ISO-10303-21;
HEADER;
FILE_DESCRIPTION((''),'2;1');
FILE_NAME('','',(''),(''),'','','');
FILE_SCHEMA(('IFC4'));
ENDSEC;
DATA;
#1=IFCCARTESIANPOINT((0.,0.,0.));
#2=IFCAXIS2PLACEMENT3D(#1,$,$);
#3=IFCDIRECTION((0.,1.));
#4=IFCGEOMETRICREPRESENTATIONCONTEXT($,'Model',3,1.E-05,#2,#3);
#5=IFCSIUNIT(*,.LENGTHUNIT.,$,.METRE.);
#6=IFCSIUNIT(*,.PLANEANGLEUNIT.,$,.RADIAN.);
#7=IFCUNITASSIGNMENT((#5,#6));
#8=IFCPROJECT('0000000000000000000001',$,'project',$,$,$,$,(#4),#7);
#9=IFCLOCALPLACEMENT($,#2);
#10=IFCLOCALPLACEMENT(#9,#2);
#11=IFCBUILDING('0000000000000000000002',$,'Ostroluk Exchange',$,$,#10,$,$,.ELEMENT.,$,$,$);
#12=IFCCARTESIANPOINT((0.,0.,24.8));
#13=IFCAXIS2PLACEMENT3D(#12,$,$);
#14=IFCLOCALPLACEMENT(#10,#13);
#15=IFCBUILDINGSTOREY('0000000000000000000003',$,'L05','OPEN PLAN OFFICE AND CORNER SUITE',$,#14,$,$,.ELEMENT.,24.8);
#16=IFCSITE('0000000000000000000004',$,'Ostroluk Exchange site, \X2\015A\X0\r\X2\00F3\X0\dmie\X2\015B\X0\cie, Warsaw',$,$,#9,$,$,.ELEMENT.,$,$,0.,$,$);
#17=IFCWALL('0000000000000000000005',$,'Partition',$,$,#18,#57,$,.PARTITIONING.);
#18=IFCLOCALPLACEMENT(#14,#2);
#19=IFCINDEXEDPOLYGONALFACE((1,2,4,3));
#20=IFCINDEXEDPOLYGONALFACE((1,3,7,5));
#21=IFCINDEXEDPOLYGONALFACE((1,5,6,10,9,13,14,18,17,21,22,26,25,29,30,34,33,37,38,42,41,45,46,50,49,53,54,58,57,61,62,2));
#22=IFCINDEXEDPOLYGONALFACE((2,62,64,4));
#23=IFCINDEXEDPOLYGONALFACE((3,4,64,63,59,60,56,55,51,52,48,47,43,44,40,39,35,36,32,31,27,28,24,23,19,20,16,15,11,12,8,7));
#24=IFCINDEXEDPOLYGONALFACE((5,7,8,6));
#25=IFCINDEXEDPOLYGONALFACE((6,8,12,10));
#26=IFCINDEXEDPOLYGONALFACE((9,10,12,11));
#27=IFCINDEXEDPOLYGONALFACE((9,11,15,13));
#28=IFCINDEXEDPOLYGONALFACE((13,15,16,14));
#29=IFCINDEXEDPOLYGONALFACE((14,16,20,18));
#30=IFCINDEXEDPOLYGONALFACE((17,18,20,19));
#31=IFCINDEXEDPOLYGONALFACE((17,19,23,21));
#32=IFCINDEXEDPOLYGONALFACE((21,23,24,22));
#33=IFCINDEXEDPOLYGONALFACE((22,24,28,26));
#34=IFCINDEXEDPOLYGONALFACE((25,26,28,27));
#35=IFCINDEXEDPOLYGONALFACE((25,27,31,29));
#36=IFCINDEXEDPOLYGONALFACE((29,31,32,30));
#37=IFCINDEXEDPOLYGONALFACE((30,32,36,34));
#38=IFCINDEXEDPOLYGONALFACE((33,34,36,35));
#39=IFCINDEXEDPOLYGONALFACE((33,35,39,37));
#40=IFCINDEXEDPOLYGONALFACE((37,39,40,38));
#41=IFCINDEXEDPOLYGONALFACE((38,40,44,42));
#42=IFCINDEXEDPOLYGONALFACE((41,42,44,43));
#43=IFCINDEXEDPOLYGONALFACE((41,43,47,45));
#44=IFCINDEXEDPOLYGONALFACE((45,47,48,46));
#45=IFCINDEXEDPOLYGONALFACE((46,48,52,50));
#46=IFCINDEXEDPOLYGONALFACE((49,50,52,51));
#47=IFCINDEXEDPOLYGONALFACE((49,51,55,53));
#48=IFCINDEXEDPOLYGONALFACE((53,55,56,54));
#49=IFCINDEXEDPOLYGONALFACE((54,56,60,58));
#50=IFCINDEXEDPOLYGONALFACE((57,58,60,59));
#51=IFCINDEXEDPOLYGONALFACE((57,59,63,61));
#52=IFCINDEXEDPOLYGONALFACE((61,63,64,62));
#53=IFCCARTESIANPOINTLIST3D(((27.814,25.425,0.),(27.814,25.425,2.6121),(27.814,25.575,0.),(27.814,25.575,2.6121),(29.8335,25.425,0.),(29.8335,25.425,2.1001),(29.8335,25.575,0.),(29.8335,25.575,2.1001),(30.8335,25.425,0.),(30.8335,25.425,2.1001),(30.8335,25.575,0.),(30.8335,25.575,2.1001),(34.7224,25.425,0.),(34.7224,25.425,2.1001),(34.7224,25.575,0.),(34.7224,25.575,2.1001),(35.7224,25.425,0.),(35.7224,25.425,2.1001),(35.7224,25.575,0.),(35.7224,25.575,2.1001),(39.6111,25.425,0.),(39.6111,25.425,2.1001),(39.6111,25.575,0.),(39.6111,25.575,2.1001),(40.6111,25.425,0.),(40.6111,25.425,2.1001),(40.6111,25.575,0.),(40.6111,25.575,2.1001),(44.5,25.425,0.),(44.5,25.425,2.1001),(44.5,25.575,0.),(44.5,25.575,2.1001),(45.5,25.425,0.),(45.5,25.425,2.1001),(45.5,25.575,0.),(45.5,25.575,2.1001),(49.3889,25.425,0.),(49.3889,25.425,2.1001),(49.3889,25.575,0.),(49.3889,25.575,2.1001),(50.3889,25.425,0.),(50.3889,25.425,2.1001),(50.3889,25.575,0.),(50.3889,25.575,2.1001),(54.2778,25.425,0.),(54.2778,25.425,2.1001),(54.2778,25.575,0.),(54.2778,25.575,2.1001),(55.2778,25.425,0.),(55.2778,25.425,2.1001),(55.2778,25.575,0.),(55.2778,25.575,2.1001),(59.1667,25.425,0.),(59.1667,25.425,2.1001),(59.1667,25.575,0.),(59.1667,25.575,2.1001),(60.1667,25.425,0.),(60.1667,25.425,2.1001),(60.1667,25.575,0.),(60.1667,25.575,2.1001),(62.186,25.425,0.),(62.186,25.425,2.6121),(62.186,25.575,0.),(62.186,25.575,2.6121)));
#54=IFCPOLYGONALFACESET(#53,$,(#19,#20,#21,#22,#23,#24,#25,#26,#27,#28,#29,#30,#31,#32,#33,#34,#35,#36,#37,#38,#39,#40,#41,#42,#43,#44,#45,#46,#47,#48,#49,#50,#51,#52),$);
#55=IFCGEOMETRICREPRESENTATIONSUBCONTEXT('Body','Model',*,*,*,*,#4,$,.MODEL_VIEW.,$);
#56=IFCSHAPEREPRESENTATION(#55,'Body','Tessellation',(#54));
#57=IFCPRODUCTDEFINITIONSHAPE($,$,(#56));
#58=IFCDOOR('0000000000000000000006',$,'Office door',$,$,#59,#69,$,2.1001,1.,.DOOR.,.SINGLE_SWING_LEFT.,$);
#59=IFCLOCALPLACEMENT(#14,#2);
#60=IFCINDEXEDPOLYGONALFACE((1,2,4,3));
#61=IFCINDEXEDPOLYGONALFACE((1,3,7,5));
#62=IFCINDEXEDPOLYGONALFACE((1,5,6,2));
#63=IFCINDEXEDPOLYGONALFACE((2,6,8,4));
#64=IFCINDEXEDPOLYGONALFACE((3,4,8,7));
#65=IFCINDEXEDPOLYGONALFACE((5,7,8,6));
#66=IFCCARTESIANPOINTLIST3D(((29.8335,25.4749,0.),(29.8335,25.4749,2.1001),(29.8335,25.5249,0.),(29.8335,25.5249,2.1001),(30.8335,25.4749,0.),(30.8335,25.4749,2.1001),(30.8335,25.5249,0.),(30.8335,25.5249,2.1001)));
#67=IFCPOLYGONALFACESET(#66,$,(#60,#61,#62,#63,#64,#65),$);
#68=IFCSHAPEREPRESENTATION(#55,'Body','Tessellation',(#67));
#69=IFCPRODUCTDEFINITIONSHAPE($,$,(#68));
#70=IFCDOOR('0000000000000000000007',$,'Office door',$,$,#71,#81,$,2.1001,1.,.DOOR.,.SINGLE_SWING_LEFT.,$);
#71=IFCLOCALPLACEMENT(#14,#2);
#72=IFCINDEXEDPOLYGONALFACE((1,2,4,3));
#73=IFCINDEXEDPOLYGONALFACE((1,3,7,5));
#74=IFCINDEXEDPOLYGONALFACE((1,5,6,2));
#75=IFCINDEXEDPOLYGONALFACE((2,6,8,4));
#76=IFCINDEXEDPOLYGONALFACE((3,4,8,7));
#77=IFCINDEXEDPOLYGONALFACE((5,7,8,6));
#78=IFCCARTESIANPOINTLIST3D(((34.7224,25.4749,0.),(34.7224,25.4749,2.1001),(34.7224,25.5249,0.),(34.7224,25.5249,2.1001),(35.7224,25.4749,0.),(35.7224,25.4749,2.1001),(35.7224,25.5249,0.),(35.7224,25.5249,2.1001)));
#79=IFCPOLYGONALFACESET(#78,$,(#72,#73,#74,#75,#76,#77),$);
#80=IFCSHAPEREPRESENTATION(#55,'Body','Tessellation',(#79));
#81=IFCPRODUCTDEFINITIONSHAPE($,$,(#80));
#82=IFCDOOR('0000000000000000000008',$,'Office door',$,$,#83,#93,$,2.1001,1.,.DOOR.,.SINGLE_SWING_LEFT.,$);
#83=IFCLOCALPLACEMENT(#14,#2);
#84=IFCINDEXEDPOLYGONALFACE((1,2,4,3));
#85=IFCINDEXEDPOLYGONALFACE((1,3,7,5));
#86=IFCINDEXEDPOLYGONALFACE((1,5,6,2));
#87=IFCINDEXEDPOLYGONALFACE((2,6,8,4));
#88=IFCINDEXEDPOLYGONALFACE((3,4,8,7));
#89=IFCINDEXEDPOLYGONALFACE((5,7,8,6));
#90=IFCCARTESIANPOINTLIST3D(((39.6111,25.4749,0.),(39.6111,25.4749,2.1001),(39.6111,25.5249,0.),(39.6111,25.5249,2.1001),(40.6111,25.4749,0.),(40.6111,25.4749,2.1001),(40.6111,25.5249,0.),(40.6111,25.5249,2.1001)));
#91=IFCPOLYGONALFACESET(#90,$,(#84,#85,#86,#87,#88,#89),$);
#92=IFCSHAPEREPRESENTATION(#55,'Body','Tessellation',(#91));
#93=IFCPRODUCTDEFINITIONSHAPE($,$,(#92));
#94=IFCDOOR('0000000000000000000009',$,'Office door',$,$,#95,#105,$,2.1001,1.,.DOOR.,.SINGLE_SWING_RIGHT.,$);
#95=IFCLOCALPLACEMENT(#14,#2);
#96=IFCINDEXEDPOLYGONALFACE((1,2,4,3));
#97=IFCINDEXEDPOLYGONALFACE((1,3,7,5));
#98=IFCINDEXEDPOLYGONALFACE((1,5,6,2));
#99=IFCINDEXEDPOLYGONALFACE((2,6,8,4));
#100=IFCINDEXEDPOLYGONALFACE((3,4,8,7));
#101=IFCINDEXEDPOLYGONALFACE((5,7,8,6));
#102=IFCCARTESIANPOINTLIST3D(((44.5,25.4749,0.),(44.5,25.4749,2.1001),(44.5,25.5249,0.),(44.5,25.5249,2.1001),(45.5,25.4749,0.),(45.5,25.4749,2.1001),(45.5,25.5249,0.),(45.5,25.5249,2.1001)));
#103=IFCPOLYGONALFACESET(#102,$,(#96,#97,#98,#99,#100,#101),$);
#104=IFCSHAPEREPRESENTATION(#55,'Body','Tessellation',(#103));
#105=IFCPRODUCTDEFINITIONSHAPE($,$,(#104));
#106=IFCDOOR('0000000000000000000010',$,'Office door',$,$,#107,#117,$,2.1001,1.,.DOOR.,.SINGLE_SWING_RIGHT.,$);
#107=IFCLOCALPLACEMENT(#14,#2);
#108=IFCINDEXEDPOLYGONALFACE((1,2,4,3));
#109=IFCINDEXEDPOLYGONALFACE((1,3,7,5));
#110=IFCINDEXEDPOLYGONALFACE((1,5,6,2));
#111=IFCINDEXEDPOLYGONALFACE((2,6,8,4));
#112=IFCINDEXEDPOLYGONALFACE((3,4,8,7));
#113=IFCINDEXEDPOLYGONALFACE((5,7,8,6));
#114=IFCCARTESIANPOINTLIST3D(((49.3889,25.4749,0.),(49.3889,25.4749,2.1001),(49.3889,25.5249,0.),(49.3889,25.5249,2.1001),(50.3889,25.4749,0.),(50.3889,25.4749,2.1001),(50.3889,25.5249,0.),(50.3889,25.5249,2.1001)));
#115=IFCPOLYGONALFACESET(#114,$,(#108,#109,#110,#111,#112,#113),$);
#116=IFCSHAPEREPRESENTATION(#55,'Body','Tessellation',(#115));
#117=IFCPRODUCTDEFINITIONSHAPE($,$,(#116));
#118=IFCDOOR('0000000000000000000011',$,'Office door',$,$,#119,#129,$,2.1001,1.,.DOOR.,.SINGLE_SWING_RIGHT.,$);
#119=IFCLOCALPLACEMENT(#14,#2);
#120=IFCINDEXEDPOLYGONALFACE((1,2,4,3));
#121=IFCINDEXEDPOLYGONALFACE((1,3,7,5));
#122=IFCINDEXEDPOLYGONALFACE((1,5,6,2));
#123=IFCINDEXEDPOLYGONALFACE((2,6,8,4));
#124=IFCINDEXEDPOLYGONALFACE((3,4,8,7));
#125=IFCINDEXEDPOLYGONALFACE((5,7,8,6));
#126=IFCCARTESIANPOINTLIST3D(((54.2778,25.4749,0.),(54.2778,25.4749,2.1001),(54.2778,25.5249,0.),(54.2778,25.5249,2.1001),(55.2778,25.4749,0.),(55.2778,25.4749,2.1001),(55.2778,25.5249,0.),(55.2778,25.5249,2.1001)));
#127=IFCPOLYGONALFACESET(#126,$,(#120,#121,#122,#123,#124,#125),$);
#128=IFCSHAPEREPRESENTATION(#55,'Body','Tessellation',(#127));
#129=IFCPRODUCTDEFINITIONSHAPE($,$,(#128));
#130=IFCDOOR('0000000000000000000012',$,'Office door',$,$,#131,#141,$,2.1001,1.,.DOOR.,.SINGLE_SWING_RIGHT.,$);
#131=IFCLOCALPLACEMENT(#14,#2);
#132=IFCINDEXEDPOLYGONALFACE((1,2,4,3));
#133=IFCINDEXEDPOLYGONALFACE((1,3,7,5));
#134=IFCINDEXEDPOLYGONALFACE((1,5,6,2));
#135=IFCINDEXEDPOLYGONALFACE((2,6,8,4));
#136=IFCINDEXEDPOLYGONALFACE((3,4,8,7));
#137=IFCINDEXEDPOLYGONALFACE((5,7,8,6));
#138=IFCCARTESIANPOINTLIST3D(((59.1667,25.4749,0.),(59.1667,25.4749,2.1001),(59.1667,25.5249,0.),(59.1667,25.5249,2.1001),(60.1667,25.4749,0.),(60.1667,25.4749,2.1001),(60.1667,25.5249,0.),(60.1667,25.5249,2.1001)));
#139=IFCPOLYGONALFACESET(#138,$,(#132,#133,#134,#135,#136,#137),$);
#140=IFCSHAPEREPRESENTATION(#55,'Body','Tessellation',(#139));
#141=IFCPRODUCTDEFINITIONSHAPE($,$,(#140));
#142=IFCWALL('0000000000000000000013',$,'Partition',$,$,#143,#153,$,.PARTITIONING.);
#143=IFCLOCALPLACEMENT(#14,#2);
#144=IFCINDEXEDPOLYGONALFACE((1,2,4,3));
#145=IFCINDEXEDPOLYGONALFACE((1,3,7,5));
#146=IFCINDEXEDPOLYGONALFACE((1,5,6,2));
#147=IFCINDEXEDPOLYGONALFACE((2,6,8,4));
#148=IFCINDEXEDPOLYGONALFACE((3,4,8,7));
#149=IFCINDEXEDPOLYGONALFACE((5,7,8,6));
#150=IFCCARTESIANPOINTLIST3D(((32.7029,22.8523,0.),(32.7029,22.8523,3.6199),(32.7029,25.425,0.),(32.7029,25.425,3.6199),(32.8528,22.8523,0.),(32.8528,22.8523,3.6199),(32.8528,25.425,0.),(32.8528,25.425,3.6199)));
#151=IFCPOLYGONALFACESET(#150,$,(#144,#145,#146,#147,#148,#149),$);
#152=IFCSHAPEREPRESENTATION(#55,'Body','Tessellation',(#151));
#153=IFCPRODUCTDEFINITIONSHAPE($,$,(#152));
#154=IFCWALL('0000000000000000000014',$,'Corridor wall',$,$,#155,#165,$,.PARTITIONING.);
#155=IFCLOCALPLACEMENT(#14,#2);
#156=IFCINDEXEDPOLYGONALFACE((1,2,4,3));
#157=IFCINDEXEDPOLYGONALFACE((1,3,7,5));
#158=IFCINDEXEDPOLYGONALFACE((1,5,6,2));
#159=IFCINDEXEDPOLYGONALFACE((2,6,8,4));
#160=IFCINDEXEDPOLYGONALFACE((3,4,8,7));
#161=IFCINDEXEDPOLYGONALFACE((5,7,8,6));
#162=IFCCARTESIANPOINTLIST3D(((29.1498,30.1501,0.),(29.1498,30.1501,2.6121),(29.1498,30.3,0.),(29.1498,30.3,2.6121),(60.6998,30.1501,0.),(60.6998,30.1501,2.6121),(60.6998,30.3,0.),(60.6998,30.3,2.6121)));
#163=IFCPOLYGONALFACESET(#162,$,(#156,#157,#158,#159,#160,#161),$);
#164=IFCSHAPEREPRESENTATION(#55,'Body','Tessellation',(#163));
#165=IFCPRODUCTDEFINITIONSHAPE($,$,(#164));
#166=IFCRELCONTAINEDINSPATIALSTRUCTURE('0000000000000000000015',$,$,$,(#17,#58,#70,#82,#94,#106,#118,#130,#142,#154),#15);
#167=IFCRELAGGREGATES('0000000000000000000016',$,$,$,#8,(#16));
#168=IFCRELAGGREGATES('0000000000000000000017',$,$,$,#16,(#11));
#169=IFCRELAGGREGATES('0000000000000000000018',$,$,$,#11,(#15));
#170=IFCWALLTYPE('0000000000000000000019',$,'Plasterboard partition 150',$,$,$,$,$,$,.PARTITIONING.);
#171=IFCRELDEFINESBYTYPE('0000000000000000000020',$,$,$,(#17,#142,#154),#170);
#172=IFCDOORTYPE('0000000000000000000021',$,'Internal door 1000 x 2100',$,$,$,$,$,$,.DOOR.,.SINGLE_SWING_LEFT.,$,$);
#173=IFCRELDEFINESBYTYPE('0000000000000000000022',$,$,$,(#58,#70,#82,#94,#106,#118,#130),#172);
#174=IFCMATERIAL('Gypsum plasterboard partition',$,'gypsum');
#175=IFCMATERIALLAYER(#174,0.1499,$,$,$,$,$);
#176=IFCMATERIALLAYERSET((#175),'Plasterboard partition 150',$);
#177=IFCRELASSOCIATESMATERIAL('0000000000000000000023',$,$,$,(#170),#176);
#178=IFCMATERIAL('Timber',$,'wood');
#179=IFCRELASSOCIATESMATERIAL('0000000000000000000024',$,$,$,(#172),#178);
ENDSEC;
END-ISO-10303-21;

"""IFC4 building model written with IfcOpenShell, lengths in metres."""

from ifc_helpers import new_model, si_unit, direction, frame, frame_2d, origin, place, context, subcontext, project, spatial, rectangle, extrude, material, layer, layer_set, type_object, element, fill, save


model = new_model("IFC4")

# Units and contexts
model_context = context("Model", 3, precision=1e-05, world=origin(), true_north=direction((0.0, 1.0)))
body_context = subcontext(model_context, "Body", "Model", "MODEL_VIEW")
ifc_project = project(units=[si_unit("LENGTHUNIT", "METRE"), si_unit("PLANEANGLEUNIT", "RADIAN")], contexts=[model_context])

# Site, building, storey
site_placement = place(None, origin())
site = spatial("IfcSite", under=ifc_project, at=site_placement, Name="Ostroluk Exchange site, Śródmieście, Warsaw", CompositionType="ELEMENT", RefElevation=0.0)
building_placement = place(site_placement, origin())
building = spatial("IfcBuilding", under=site, at=building_placement, Name="Ostroluk Exchange", CompositionType="ELEMENT")
storey_placement = place(building_placement, frame((0.0, 0.0, 24.8)))
storey = spatial("IfcBuildingStorey", under=building, at=storey_placement, Name="L05", Description="OPEN PLAN OFFICE AND CORNER SUITE", CompositionType="ELEMENT", Elevation=24.8)

# Wall, openings, doors
ifc_material_1 = material(Name="Gypsum plasterboard partition", Category="gypsum")
ifc_layer_1 = layer(ifc_material_1, 0.1499)
ifc_layer_set_1 = layer_set([ifc_layer_1], Name="Plasterboard partition 150")
wall_type_1 = type_object("IfcWallType", Name="Plasterboard partition 150", PredefinedType="PARTITIONING", material=ifc_layer_set_1)
wall_1_placement = place(storey_placement, frame((27.814, 25.5, 0.0), z_axis=(0.0, 0.0, 1.0), x_axis=(1.0, 0.0, 0.0)))
wall_1 = element("IfcWall", 1, at=wall_1_placement, inside=storey, type_object=wall_type_1, Name="Partition", PredefinedType="PARTITIONING", context=body_context, shape_type="SweptSolid", body=[
    extrude(rectangle(XDim=34.3721, YDim=0.1499, at=frame_2d((17.186, 0.0))), origin(), (0.0, 0.0, 1.0), 2.6121),
])
opening_1_placement = place(wall_1_placement, frame((2.0195, 0.0, 0.0)))
opening_1 = element("IfcOpeningElement", 2, at=opening_1_placement, cuts=wall_1, PredefinedType="OPENING", context=body_context, shape_type="SweptSolid", body=[
    extrude(rectangle(XDim=1.0, YDim=2.1001, at=frame_2d((0.5, 1.05))), frame((0.0, 0.085, 0.0), z_axis=(0.0, -1.0, 0.0), x_axis=(1.0, 0.0, 0.0)), (0.0, 0.0, 1.0), 0.1699),
])
opening_2_placement = place(wall_1_placement, frame((6.9084, 0.0, 0.0)))
opening_2 = element("IfcOpeningElement", 3, at=opening_2_placement, cuts=wall_1, PredefinedType="OPENING", context=body_context, shape_type="SweptSolid", body=[
    extrude(rectangle(XDim=1.0, YDim=2.1001, at=frame_2d((0.5, 1.05))), frame((0.0, 0.085, 0.0), z_axis=(0.0, -1.0, 0.0), x_axis=(1.0, 0.0, 0.0)), (0.0, 0.0, 1.0), 0.1699),
])
opening_3_placement = place(wall_1_placement, frame((11.7971, 0.0, 0.0)))
opening_3 = element("IfcOpeningElement", 4, at=opening_3_placement, cuts=wall_1, PredefinedType="OPENING", context=body_context, shape_type="SweptSolid", body=[
    extrude(rectangle(XDim=1.0, YDim=2.1001, at=frame_2d((0.5, 1.05))), frame((0.0, 0.085, 0.0), z_axis=(0.0, -1.0, 0.0), x_axis=(1.0, 0.0, 0.0)), (0.0, 0.0, 1.0), 0.1699),
])
opening_4_placement = place(wall_1_placement, frame((16.686, 0.0, 0.0)))
opening_4 = element("IfcOpeningElement", 5, at=opening_4_placement, cuts=wall_1, PredefinedType="OPENING", context=body_context, shape_type="SweptSolid", body=[
    extrude(rectangle(XDim=1.0, YDim=2.1001, at=frame_2d((0.5, 1.05))), frame((0.0, 0.085, 0.0), z_axis=(0.0, -1.0, 0.0), x_axis=(1.0, 0.0, 0.0)), (0.0, 0.0, 1.0), 0.1699),
])
opening_5_placement = place(wall_1_placement, frame((21.575, 0.0, 0.0)))
opening_5 = element("IfcOpeningElement", 6, at=opening_5_placement, cuts=wall_1, PredefinedType="OPENING", context=body_context, shape_type="SweptSolid", body=[
    extrude(rectangle(XDim=1.0, YDim=2.1001, at=frame_2d((0.5, 1.05))), frame((0.0, 0.085, 0.0), z_axis=(0.0, -1.0, 0.0), x_axis=(1.0, 0.0, 0.0)), (0.0, 0.0, 1.0), 0.1699),
])
opening_6_placement = place(wall_1_placement, frame((26.4639, 0.0, 0.0)))
opening_6 = element("IfcOpeningElement", 7, at=opening_6_placement, cuts=wall_1, PredefinedType="OPENING", context=body_context, shape_type="SweptSolid", body=[
    extrude(rectangle(XDim=1.0, YDim=2.1001, at=frame_2d((0.5, 1.05))), frame((0.0, 0.085, 0.0), z_axis=(0.0, -1.0, 0.0), x_axis=(1.0, 0.0, 0.0)), (0.0, 0.0, 1.0), 0.1699),
])
opening_7_placement = place(wall_1_placement, frame((31.3528, 0.0, 0.0)))
opening_7 = element("IfcOpeningElement", 8, at=opening_7_placement, cuts=wall_1, PredefinedType="OPENING", context=body_context, shape_type="SweptSolid", body=[
    extrude(rectangle(XDim=1.0, YDim=2.1001, at=frame_2d((0.5, 1.05))), frame((0.0, 0.085, 0.0), z_axis=(0.0, -1.0, 0.0), x_axis=(1.0, 0.0, 0.0)), (0.0, 0.0, 1.0), 0.1699),
])
ifc_material_2 = material(Name="Timber", Category="wood")
door_type_1 = type_object("IfcDoorType", Name="Internal door 1000 x 2100", OperationType="SINGLE_SWING_LEFT", PredefinedType="DOOR", material=ifc_material_2)
door_1_placement = place(opening_1_placement, origin())
door_1 = element("IfcDoor", 9, at=door_1_placement, inside=storey, type_object=door_type_1, Name="Office door", OperationType="SINGLE_SWING_LEFT", OverallHeight=2.1001, OverallWidth=1.0, PredefinedType="DOOR", context=body_context, shape_type="SweptSolid", body=[
    extrude(rectangle(XDim=1.0, YDim=2.1001, at=frame_2d((0.5, 1.05))), frame((0.0, 0.0249, 0.0), z_axis=(0.0, -1.0, 0.0), x_axis=(1.0, 0.0, 0.0)), (0.0, 0.0, 1.0), 0.05),
])
fill(opening_1, door_1)
door_2_placement = place(opening_2_placement, origin())
door_2 = element("IfcDoor", 10, at=door_2_placement, inside=storey, type_object=door_type_1, Name="Office door", OperationType="SINGLE_SWING_LEFT", OverallHeight=2.1001, OverallWidth=1.0, PredefinedType="DOOR", context=body_context, shape_type="SweptSolid", body=[
    extrude(rectangle(XDim=1.0, YDim=2.1001, at=frame_2d((0.5, 1.05))), frame((0.0, 0.0249, 0.0), z_axis=(0.0, -1.0, 0.0), x_axis=(1.0, 0.0, 0.0)), (0.0, 0.0, 1.0), 0.05),
])
fill(opening_2, door_2)
door_3_placement = place(opening_3_placement, origin())
door_3 = element("IfcDoor", 11, at=door_3_placement, inside=storey, type_object=door_type_1, Name="Office door", OperationType="SINGLE_SWING_LEFT", OverallHeight=2.1001, OverallWidth=1.0, PredefinedType="DOOR", context=body_context, shape_type="SweptSolid", body=[
    extrude(rectangle(XDim=1.0, YDim=2.1001, at=frame_2d((0.5, 1.05))), frame((0.0, 0.0249, 0.0), z_axis=(0.0, -1.0, 0.0), x_axis=(1.0, 0.0, 0.0)), (0.0, 0.0, 1.0), 0.05),
])
fill(opening_3, door_3)
door_4_placement = place(opening_4_placement, origin())
door_4 = element("IfcDoor", 12, at=door_4_placement, inside=storey, type_object=door_type_1, Name="Office door", OperationType="SINGLE_SWING_RIGHT", OverallHeight=2.1001, OverallWidth=1.0, PredefinedType="DOOR", context=body_context, shape_type="SweptSolid", body=[
    extrude(rectangle(XDim=1.0, YDim=2.1001, at=frame_2d((0.5, 1.05))), frame((0.0, 0.0249, 0.0), z_axis=(0.0, -1.0, 0.0), x_axis=(1.0, 0.0, 0.0)), (0.0, 0.0, 1.0), 0.05),
])
fill(opening_4, door_4)
door_5_placement = place(opening_5_placement, origin())
door_5 = element("IfcDoor", 13, at=door_5_placement, inside=storey, type_object=door_type_1, Name="Office door", OperationType="SINGLE_SWING_RIGHT", OverallHeight=2.1001, OverallWidth=1.0, PredefinedType="DOOR", context=body_context, shape_type="SweptSolid", body=[
    extrude(rectangle(XDim=1.0, YDim=2.1001, at=frame_2d((0.5, 1.05))), frame((0.0, 0.0249, 0.0), z_axis=(0.0, -1.0, 0.0), x_axis=(1.0, 0.0, 0.0)), (0.0, 0.0, 1.0), 0.05),
])
fill(opening_5, door_5)
door_6_placement = place(opening_6_placement, origin())
door_6 = element("IfcDoor", 14, at=door_6_placement, inside=storey, type_object=door_type_1, Name="Office door", OperationType="SINGLE_SWING_RIGHT", OverallHeight=2.1001, OverallWidth=1.0, PredefinedType="DOOR", context=body_context, shape_type="SweptSolid", body=[
    extrude(rectangle(XDim=1.0, YDim=2.1001, at=frame_2d((0.5, 1.05))), frame((0.0, 0.0249, 0.0), z_axis=(0.0, -1.0, 0.0), x_axis=(1.0, 0.0, 0.0)), (0.0, 0.0, 1.0), 0.05),
])
fill(opening_6, door_6)
door_7_placement = place(opening_7_placement, origin())
door_7 = element("IfcDoor", 15, at=door_7_placement, inside=storey, type_object=door_type_1, Name="Office door", OperationType="SINGLE_SWING_RIGHT", OverallHeight=2.1001, OverallWidth=1.0, PredefinedType="DOOR", context=body_context, shape_type="SweptSolid", body=[
    extrude(rectangle(XDim=1.0, YDim=2.1001, at=frame_2d((0.5, 1.05))), frame((0.0, 0.0249, 0.0), z_axis=(0.0, -1.0, 0.0), x_axis=(1.0, 0.0, 0.0)), (0.0, 0.0, 1.0), 0.05),
])
fill(opening_7, door_7)

# Walls
wall_2_placement = place(storey_placement, frame((32.7778, 25.425, 0.0), z_axis=(0.0, 0.0, 1.0), x_axis=(0.0, -1.0, 0.0)))
element("IfcWall", 16, at=wall_2_placement, inside=storey, type_object=wall_type_1, Name="Partition", PredefinedType="PARTITIONING", context=body_context, shape_type="SweptSolid", body=[
    extrude(rectangle(XDim=2.5728, YDim=0.1499, at=frame_2d((1.2864, 0.0))), origin(), (0.0, 0.0, 1.0), 3.6199),
])
wall_3_placement = place(storey_placement, frame((29.1499, 30.2251, 0.0), z_axis=(0.0, 0.0, 1.0), x_axis=(1.0, 0.0, 0.0)))
element("IfcWall", 17, at=wall_3_placement, inside=storey, type_object=wall_type_1, Name="Corridor wall", PredefinedType="PARTITIONING", context=body_context, shape_type="SweptSolid", body=[
    extrude(rectangle(XDim=31.55, YDim=0.1499, at=frame_2d((15.7749, 0.0))), origin(), (0.0, 0.0, 1.0), 2.6121),
])

save(model, "model.ifc")
